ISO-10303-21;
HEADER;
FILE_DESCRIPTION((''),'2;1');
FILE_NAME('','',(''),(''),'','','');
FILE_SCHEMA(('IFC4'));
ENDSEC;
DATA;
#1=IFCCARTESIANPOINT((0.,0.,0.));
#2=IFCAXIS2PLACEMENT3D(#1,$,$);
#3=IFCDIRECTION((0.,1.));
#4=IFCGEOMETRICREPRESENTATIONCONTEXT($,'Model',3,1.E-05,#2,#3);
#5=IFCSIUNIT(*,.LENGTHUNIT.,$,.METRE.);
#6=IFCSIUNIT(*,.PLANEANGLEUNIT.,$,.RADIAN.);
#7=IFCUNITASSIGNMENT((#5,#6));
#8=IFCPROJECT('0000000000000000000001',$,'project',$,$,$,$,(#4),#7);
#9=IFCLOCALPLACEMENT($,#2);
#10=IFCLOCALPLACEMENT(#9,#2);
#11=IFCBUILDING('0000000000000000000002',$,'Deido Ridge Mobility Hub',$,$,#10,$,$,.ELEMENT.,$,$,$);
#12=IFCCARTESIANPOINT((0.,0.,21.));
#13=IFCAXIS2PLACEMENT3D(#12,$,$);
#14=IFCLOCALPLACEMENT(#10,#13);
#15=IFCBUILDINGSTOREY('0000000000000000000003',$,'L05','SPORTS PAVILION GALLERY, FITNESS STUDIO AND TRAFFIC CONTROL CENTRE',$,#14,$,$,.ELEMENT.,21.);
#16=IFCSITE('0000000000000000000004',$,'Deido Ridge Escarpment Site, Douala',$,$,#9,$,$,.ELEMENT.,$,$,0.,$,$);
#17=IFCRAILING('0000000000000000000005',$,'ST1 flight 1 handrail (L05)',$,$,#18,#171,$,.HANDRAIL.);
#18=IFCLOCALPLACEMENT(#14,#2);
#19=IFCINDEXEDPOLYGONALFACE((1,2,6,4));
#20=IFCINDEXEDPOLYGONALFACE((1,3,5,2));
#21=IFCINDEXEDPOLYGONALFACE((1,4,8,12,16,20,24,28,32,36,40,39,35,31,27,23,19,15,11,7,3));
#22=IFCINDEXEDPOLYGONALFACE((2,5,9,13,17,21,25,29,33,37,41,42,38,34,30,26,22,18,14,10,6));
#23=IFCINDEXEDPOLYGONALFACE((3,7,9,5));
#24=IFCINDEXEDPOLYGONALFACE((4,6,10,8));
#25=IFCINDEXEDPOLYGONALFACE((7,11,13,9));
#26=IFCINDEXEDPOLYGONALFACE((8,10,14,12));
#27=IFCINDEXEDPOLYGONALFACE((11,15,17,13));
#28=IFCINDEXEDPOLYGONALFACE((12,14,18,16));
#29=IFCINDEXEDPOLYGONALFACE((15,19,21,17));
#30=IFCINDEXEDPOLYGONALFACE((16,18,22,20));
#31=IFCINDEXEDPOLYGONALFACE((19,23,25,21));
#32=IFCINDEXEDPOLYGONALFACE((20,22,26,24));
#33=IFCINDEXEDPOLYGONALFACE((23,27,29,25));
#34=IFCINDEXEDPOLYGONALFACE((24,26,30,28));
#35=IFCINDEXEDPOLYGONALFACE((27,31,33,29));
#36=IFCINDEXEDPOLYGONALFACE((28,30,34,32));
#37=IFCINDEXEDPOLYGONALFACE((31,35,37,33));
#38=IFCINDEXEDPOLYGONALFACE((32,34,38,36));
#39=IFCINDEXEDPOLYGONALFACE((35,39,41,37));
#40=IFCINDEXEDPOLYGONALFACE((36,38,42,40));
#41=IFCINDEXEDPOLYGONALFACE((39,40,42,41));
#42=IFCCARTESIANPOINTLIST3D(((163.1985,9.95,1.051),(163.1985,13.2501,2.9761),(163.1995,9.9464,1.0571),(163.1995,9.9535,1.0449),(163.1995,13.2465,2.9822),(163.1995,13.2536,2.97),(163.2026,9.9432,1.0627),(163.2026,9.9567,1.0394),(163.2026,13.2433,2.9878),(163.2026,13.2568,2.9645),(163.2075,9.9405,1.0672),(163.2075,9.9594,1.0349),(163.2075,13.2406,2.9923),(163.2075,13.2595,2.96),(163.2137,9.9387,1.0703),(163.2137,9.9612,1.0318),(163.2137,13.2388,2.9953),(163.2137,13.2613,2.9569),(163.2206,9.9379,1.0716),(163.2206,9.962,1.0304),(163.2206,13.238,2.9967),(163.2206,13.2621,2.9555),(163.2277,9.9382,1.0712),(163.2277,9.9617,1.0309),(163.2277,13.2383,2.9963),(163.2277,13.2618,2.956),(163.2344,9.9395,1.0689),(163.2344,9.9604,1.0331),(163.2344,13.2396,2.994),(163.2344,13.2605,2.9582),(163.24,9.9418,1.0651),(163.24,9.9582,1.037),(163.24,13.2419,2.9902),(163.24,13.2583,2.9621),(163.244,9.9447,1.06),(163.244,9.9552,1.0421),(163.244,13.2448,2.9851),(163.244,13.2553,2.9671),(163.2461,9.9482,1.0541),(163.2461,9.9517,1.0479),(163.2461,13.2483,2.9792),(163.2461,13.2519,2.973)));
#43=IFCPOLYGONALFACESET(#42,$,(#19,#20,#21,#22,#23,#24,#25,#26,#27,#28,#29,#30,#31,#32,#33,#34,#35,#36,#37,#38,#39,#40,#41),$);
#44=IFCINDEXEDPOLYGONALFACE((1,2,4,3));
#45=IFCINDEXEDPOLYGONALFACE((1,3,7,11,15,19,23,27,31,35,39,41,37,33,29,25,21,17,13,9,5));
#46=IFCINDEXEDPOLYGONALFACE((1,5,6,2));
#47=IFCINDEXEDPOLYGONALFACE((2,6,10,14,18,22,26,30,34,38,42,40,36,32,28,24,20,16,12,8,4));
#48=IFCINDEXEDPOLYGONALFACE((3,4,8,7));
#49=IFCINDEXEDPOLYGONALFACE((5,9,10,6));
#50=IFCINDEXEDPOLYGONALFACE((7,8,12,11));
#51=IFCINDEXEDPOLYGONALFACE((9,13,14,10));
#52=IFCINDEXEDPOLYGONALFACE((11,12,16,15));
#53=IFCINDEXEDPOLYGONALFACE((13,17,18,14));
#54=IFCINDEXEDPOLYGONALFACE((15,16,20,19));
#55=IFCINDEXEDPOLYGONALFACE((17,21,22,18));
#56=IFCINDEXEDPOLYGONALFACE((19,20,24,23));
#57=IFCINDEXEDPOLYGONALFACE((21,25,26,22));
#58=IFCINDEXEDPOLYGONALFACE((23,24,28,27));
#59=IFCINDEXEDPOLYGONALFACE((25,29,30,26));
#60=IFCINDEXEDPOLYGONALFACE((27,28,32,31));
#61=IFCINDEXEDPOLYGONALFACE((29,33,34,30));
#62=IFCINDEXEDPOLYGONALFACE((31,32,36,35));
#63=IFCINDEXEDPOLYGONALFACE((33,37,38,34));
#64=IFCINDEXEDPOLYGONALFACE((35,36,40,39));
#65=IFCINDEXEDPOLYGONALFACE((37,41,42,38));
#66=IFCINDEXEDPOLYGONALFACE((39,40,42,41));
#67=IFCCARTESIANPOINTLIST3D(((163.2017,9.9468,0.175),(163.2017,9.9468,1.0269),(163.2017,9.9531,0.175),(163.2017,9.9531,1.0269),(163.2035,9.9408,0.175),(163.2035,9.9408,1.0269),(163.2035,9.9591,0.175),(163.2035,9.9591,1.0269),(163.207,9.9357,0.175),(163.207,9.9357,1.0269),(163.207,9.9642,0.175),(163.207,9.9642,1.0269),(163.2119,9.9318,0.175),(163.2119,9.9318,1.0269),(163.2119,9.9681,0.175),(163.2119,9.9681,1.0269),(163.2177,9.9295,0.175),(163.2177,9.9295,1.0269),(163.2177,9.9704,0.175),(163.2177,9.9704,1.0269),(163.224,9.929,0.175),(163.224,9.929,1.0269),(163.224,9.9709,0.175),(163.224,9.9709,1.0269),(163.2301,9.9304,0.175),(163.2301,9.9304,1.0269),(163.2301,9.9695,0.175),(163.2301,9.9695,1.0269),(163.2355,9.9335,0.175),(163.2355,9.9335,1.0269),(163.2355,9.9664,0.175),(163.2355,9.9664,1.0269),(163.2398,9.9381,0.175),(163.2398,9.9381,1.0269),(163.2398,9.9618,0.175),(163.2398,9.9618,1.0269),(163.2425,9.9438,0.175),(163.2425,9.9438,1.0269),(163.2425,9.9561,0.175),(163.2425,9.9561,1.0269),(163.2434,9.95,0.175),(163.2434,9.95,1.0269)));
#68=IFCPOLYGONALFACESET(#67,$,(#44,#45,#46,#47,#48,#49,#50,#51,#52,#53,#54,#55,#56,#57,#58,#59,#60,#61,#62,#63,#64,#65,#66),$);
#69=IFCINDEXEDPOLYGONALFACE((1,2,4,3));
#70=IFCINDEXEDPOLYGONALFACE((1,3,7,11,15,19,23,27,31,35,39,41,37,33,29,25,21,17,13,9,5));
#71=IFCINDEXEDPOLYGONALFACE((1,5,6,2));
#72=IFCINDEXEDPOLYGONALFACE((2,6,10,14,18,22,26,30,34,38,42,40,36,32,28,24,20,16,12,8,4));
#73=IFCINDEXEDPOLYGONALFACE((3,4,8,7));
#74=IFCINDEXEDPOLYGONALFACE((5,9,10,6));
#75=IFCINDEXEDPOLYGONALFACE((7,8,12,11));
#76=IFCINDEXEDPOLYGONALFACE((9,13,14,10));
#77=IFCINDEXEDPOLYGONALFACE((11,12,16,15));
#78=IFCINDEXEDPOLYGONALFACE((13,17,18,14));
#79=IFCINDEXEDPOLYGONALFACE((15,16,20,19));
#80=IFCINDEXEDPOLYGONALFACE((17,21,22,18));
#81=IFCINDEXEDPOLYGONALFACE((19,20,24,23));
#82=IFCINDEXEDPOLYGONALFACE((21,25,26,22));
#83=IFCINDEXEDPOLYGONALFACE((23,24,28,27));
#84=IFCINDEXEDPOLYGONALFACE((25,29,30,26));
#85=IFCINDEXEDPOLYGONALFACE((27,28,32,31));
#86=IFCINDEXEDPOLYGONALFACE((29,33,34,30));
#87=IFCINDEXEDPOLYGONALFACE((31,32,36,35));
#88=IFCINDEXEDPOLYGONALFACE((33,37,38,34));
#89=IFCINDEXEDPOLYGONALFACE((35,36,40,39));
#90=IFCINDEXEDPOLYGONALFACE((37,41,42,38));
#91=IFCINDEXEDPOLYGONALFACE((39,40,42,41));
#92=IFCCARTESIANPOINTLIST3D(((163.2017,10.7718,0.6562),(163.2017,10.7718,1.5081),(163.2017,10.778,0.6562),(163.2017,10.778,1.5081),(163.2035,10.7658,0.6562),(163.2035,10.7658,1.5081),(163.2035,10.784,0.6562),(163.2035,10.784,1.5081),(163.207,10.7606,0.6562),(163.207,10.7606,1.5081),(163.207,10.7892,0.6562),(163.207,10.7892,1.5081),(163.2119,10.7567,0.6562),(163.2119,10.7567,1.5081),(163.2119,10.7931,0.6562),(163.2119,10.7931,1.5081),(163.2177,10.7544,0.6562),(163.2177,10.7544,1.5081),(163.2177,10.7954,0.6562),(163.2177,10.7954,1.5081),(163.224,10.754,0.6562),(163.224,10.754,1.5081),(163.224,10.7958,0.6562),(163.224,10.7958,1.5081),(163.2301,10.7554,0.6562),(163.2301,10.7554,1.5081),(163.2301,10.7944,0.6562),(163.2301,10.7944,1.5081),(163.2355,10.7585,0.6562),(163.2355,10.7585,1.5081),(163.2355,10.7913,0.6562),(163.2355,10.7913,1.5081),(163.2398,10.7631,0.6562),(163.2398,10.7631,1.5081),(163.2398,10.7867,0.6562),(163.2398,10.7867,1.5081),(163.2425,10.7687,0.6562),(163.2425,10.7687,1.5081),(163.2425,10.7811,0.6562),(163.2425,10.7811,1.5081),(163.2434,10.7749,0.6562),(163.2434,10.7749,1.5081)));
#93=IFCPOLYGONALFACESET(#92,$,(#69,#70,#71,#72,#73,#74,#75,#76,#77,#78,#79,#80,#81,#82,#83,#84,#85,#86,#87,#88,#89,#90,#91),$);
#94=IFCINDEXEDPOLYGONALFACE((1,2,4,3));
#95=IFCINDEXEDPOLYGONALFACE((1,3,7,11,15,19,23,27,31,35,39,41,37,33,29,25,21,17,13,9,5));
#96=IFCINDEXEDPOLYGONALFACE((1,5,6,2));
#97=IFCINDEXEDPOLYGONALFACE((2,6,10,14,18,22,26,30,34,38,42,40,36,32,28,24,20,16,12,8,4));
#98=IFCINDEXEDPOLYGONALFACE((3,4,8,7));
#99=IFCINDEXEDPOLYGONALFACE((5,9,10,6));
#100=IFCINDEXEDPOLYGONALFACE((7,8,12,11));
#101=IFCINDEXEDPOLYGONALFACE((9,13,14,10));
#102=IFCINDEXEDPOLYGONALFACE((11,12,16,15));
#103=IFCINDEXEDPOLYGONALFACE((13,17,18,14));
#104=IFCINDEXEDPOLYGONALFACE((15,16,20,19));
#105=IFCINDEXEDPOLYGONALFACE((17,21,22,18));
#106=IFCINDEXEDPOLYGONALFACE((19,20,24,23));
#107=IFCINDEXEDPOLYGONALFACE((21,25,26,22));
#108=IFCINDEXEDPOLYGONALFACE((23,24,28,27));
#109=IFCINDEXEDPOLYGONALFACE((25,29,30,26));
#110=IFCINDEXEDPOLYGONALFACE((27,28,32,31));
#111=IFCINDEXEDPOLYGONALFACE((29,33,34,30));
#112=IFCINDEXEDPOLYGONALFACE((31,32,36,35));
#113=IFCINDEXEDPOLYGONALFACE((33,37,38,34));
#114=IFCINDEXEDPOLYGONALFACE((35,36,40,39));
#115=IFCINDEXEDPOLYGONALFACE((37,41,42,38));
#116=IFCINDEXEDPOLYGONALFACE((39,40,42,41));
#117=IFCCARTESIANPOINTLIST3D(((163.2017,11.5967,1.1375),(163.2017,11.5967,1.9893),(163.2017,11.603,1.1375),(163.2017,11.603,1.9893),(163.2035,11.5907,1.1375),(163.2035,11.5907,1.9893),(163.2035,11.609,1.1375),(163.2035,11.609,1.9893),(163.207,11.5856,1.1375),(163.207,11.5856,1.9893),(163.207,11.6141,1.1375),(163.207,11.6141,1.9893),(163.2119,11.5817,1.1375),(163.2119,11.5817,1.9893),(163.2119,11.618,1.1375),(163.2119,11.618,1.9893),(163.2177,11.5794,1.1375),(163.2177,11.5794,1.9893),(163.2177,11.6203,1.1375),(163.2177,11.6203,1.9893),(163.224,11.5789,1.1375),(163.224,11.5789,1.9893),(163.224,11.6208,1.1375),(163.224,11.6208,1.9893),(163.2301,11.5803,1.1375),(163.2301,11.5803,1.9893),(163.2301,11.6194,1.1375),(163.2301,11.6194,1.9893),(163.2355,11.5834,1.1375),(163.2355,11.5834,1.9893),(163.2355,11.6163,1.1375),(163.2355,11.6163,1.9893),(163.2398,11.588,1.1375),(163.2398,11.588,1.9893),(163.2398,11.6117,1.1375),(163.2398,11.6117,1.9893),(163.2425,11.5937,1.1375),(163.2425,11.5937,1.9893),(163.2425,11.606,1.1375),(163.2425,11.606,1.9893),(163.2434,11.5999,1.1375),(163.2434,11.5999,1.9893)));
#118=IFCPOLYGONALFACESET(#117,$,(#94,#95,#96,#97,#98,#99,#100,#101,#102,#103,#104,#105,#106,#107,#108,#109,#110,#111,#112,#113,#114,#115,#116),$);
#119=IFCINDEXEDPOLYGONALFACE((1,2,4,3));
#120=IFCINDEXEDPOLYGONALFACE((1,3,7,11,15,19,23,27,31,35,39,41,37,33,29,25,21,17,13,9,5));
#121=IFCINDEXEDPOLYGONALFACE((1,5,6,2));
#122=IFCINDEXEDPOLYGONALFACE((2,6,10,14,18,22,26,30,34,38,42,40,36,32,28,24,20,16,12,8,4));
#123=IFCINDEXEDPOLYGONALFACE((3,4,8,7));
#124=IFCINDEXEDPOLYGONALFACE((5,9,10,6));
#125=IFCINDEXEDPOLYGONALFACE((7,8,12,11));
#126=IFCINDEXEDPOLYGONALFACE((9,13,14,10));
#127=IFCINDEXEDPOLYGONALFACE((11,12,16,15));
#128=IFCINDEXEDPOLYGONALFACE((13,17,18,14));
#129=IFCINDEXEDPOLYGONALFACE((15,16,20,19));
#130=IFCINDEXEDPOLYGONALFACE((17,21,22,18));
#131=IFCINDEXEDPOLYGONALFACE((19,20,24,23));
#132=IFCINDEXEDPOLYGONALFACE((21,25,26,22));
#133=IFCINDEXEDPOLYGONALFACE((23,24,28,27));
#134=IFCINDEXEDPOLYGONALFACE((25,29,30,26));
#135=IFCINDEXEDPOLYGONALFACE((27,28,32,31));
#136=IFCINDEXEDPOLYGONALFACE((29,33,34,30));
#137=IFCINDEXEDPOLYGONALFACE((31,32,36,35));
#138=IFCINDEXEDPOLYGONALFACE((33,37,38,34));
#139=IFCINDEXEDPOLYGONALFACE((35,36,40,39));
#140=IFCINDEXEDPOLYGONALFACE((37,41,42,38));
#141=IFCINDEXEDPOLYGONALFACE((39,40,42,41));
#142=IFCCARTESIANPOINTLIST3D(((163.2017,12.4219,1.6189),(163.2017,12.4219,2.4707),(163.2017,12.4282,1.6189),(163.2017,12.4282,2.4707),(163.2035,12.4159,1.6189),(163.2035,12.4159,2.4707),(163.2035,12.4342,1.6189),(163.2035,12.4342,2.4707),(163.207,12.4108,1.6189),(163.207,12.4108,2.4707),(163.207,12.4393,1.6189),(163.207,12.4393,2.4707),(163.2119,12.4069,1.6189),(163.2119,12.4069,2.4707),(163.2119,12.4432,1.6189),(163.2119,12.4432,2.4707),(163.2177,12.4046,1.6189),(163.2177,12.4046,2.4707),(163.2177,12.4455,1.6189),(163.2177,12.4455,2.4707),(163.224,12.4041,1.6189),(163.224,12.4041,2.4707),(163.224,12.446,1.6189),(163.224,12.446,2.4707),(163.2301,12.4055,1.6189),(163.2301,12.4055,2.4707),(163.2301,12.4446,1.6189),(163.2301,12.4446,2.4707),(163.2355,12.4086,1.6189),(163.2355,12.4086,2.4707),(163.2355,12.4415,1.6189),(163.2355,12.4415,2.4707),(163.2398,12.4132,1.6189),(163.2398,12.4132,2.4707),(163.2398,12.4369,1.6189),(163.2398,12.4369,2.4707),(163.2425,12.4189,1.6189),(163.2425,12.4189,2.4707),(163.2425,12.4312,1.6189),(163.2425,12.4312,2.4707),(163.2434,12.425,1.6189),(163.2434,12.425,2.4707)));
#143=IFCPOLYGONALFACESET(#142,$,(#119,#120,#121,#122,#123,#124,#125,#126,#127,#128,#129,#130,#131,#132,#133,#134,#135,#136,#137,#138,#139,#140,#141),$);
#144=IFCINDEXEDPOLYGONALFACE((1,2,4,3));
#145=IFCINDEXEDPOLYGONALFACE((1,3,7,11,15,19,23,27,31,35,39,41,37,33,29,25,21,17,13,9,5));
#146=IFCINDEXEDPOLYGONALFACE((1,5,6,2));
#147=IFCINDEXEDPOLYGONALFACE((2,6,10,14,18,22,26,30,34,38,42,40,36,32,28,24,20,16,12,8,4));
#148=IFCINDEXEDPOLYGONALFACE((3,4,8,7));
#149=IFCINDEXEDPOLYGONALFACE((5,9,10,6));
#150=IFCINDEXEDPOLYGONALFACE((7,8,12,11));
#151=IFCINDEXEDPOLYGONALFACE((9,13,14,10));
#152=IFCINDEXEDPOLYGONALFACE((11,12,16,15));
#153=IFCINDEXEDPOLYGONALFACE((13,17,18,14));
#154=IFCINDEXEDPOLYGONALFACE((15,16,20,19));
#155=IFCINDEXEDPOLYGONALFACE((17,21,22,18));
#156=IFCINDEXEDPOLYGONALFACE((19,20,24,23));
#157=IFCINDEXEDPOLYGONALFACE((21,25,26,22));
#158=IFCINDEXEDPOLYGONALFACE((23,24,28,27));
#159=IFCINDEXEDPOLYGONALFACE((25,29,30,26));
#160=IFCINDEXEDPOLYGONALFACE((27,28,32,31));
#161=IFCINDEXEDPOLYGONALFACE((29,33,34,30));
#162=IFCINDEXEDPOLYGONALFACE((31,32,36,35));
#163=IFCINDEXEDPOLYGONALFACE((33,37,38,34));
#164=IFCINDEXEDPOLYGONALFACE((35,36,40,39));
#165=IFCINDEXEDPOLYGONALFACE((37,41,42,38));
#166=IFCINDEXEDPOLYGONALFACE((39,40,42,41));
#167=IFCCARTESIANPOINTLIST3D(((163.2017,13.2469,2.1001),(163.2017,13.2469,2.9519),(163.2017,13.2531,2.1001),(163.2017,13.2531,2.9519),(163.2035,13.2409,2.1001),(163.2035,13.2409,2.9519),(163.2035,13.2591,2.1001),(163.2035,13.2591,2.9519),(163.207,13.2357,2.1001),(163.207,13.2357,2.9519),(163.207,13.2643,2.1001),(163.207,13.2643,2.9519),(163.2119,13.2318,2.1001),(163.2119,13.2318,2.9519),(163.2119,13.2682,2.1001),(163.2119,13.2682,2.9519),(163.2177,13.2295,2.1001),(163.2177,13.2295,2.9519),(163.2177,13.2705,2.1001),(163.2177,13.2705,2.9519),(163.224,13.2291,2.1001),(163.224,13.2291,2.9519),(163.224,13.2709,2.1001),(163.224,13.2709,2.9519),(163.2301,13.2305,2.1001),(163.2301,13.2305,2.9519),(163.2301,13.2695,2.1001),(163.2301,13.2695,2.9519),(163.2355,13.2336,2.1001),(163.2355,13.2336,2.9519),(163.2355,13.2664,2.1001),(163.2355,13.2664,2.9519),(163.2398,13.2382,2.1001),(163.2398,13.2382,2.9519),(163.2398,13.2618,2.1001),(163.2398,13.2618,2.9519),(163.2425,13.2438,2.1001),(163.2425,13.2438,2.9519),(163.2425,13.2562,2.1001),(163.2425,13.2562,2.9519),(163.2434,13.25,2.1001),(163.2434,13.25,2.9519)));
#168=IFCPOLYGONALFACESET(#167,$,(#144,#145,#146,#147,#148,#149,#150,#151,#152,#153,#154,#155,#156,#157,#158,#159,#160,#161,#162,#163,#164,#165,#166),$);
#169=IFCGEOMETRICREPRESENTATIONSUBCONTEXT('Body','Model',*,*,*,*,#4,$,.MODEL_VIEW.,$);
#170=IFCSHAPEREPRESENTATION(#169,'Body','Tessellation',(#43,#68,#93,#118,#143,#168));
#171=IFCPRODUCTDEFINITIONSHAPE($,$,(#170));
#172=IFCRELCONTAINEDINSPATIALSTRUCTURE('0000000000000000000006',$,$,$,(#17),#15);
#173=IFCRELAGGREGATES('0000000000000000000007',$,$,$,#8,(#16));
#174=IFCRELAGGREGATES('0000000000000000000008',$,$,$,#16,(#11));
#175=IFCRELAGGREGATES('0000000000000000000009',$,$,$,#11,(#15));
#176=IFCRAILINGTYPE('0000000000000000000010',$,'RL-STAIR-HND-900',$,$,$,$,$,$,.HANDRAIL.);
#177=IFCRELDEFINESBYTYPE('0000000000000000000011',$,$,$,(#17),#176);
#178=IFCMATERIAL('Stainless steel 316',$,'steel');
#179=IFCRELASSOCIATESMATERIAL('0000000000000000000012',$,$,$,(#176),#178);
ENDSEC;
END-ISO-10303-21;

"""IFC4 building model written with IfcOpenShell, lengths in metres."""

from ifc_helpers import new_model, si_unit, direction, frame, origin, origin_2d, place, context, subcontext, project, spatial, circle, extrude, material, type_object, element, save


model = new_model("IFC4")

# Units and contexts
model_context = context("Model", 3, precision=1e-05, world=origin(), true_north=direction((0.0, 1.0)))
body_context = subcontext(model_context, "Body", "Model", "MODEL_VIEW")
ifc_project = project(units=[si_unit("LENGTHUNIT", "METRE"), si_unit("PLANEANGLEUNIT", "RADIAN")], contexts=[model_context])

# Site, building, storey
site_placement = place(None, origin())
site = spatial("IfcSite", under=ifc_project, at=site_placement, Name="Deido Ridge Escarpment Site, Douala", CompositionType="ELEMENT", RefElevation=0.0)
building_placement = place(site_placement, origin())
building = spatial("IfcBuilding", under=site, at=building_placement, Name="Deido Ridge Mobility Hub", CompositionType="ELEMENT")
storey_placement = place(building_placement, frame((0.0, 0.0, 21.0)))
storey = spatial("IfcBuildingStorey", under=building, at=storey_placement, Name="L05", Description="SPORTS PAVILION GALLERY, FITNESS STUDIO AND TRAFFIC CONTROL CENTRE", CompositionType="ELEMENT", Elevation=21.0)

# Railing
ifc_material_1 = material(Name="Stainless steel 316", Category="steel")
railing_type_1 = type_object("IfcRailingType", Name="RL-STAIR-HND-900", PredefinedType="HANDRAIL", material=ifc_material_1)
railing_1_placement = place(storey_placement, frame((163.2224, 9.95, 0.175)))
element("IfcRailing", 1, at=railing_1_placement, inside=storey, type_object=railing_type_1, Name="ST1 flight 1 handrail (L05)", PredefinedType="HANDRAIL", context=body_context, shape_type="SweptSolid", body=[
    extrude(circle(Radius=0.0239, at=origin_2d()), frame((0.0, 0.0, 0.876), z_axis=(0.0, 0.863777, 0.503875), x_axis=(-1.0, 0.0, 0.0)), (0.0, 0.0, 1.0), 3.8206),
    extrude(circle(Radius=0.021, at=origin_2d()), origin(), (0.0, 0.0, 1.0), 0.8518),
    extrude(circle(Radius=0.021, at=origin_2d()), frame((0.0, 0.825, 0.4812)), (0.0, 0.0, 1.0), 0.8518),
    extrude(circle(Radius=0.021, at=origin_2d()), frame((0.0, 1.6499, 0.9624)), (0.0, 0.0, 1.0), 0.8518),
    extrude(circle(Radius=0.021, at=origin_2d()), frame((0.0, 2.4751, 1.4438)), (0.0, 0.0, 1.0), 0.8518),
    extrude(circle(Radius=0.021, at=origin_2d()), frame((0.0, 3.3, 1.925)), (0.0, 0.0, 1.0), 0.8518),
])

save(model, "model.ifc")
